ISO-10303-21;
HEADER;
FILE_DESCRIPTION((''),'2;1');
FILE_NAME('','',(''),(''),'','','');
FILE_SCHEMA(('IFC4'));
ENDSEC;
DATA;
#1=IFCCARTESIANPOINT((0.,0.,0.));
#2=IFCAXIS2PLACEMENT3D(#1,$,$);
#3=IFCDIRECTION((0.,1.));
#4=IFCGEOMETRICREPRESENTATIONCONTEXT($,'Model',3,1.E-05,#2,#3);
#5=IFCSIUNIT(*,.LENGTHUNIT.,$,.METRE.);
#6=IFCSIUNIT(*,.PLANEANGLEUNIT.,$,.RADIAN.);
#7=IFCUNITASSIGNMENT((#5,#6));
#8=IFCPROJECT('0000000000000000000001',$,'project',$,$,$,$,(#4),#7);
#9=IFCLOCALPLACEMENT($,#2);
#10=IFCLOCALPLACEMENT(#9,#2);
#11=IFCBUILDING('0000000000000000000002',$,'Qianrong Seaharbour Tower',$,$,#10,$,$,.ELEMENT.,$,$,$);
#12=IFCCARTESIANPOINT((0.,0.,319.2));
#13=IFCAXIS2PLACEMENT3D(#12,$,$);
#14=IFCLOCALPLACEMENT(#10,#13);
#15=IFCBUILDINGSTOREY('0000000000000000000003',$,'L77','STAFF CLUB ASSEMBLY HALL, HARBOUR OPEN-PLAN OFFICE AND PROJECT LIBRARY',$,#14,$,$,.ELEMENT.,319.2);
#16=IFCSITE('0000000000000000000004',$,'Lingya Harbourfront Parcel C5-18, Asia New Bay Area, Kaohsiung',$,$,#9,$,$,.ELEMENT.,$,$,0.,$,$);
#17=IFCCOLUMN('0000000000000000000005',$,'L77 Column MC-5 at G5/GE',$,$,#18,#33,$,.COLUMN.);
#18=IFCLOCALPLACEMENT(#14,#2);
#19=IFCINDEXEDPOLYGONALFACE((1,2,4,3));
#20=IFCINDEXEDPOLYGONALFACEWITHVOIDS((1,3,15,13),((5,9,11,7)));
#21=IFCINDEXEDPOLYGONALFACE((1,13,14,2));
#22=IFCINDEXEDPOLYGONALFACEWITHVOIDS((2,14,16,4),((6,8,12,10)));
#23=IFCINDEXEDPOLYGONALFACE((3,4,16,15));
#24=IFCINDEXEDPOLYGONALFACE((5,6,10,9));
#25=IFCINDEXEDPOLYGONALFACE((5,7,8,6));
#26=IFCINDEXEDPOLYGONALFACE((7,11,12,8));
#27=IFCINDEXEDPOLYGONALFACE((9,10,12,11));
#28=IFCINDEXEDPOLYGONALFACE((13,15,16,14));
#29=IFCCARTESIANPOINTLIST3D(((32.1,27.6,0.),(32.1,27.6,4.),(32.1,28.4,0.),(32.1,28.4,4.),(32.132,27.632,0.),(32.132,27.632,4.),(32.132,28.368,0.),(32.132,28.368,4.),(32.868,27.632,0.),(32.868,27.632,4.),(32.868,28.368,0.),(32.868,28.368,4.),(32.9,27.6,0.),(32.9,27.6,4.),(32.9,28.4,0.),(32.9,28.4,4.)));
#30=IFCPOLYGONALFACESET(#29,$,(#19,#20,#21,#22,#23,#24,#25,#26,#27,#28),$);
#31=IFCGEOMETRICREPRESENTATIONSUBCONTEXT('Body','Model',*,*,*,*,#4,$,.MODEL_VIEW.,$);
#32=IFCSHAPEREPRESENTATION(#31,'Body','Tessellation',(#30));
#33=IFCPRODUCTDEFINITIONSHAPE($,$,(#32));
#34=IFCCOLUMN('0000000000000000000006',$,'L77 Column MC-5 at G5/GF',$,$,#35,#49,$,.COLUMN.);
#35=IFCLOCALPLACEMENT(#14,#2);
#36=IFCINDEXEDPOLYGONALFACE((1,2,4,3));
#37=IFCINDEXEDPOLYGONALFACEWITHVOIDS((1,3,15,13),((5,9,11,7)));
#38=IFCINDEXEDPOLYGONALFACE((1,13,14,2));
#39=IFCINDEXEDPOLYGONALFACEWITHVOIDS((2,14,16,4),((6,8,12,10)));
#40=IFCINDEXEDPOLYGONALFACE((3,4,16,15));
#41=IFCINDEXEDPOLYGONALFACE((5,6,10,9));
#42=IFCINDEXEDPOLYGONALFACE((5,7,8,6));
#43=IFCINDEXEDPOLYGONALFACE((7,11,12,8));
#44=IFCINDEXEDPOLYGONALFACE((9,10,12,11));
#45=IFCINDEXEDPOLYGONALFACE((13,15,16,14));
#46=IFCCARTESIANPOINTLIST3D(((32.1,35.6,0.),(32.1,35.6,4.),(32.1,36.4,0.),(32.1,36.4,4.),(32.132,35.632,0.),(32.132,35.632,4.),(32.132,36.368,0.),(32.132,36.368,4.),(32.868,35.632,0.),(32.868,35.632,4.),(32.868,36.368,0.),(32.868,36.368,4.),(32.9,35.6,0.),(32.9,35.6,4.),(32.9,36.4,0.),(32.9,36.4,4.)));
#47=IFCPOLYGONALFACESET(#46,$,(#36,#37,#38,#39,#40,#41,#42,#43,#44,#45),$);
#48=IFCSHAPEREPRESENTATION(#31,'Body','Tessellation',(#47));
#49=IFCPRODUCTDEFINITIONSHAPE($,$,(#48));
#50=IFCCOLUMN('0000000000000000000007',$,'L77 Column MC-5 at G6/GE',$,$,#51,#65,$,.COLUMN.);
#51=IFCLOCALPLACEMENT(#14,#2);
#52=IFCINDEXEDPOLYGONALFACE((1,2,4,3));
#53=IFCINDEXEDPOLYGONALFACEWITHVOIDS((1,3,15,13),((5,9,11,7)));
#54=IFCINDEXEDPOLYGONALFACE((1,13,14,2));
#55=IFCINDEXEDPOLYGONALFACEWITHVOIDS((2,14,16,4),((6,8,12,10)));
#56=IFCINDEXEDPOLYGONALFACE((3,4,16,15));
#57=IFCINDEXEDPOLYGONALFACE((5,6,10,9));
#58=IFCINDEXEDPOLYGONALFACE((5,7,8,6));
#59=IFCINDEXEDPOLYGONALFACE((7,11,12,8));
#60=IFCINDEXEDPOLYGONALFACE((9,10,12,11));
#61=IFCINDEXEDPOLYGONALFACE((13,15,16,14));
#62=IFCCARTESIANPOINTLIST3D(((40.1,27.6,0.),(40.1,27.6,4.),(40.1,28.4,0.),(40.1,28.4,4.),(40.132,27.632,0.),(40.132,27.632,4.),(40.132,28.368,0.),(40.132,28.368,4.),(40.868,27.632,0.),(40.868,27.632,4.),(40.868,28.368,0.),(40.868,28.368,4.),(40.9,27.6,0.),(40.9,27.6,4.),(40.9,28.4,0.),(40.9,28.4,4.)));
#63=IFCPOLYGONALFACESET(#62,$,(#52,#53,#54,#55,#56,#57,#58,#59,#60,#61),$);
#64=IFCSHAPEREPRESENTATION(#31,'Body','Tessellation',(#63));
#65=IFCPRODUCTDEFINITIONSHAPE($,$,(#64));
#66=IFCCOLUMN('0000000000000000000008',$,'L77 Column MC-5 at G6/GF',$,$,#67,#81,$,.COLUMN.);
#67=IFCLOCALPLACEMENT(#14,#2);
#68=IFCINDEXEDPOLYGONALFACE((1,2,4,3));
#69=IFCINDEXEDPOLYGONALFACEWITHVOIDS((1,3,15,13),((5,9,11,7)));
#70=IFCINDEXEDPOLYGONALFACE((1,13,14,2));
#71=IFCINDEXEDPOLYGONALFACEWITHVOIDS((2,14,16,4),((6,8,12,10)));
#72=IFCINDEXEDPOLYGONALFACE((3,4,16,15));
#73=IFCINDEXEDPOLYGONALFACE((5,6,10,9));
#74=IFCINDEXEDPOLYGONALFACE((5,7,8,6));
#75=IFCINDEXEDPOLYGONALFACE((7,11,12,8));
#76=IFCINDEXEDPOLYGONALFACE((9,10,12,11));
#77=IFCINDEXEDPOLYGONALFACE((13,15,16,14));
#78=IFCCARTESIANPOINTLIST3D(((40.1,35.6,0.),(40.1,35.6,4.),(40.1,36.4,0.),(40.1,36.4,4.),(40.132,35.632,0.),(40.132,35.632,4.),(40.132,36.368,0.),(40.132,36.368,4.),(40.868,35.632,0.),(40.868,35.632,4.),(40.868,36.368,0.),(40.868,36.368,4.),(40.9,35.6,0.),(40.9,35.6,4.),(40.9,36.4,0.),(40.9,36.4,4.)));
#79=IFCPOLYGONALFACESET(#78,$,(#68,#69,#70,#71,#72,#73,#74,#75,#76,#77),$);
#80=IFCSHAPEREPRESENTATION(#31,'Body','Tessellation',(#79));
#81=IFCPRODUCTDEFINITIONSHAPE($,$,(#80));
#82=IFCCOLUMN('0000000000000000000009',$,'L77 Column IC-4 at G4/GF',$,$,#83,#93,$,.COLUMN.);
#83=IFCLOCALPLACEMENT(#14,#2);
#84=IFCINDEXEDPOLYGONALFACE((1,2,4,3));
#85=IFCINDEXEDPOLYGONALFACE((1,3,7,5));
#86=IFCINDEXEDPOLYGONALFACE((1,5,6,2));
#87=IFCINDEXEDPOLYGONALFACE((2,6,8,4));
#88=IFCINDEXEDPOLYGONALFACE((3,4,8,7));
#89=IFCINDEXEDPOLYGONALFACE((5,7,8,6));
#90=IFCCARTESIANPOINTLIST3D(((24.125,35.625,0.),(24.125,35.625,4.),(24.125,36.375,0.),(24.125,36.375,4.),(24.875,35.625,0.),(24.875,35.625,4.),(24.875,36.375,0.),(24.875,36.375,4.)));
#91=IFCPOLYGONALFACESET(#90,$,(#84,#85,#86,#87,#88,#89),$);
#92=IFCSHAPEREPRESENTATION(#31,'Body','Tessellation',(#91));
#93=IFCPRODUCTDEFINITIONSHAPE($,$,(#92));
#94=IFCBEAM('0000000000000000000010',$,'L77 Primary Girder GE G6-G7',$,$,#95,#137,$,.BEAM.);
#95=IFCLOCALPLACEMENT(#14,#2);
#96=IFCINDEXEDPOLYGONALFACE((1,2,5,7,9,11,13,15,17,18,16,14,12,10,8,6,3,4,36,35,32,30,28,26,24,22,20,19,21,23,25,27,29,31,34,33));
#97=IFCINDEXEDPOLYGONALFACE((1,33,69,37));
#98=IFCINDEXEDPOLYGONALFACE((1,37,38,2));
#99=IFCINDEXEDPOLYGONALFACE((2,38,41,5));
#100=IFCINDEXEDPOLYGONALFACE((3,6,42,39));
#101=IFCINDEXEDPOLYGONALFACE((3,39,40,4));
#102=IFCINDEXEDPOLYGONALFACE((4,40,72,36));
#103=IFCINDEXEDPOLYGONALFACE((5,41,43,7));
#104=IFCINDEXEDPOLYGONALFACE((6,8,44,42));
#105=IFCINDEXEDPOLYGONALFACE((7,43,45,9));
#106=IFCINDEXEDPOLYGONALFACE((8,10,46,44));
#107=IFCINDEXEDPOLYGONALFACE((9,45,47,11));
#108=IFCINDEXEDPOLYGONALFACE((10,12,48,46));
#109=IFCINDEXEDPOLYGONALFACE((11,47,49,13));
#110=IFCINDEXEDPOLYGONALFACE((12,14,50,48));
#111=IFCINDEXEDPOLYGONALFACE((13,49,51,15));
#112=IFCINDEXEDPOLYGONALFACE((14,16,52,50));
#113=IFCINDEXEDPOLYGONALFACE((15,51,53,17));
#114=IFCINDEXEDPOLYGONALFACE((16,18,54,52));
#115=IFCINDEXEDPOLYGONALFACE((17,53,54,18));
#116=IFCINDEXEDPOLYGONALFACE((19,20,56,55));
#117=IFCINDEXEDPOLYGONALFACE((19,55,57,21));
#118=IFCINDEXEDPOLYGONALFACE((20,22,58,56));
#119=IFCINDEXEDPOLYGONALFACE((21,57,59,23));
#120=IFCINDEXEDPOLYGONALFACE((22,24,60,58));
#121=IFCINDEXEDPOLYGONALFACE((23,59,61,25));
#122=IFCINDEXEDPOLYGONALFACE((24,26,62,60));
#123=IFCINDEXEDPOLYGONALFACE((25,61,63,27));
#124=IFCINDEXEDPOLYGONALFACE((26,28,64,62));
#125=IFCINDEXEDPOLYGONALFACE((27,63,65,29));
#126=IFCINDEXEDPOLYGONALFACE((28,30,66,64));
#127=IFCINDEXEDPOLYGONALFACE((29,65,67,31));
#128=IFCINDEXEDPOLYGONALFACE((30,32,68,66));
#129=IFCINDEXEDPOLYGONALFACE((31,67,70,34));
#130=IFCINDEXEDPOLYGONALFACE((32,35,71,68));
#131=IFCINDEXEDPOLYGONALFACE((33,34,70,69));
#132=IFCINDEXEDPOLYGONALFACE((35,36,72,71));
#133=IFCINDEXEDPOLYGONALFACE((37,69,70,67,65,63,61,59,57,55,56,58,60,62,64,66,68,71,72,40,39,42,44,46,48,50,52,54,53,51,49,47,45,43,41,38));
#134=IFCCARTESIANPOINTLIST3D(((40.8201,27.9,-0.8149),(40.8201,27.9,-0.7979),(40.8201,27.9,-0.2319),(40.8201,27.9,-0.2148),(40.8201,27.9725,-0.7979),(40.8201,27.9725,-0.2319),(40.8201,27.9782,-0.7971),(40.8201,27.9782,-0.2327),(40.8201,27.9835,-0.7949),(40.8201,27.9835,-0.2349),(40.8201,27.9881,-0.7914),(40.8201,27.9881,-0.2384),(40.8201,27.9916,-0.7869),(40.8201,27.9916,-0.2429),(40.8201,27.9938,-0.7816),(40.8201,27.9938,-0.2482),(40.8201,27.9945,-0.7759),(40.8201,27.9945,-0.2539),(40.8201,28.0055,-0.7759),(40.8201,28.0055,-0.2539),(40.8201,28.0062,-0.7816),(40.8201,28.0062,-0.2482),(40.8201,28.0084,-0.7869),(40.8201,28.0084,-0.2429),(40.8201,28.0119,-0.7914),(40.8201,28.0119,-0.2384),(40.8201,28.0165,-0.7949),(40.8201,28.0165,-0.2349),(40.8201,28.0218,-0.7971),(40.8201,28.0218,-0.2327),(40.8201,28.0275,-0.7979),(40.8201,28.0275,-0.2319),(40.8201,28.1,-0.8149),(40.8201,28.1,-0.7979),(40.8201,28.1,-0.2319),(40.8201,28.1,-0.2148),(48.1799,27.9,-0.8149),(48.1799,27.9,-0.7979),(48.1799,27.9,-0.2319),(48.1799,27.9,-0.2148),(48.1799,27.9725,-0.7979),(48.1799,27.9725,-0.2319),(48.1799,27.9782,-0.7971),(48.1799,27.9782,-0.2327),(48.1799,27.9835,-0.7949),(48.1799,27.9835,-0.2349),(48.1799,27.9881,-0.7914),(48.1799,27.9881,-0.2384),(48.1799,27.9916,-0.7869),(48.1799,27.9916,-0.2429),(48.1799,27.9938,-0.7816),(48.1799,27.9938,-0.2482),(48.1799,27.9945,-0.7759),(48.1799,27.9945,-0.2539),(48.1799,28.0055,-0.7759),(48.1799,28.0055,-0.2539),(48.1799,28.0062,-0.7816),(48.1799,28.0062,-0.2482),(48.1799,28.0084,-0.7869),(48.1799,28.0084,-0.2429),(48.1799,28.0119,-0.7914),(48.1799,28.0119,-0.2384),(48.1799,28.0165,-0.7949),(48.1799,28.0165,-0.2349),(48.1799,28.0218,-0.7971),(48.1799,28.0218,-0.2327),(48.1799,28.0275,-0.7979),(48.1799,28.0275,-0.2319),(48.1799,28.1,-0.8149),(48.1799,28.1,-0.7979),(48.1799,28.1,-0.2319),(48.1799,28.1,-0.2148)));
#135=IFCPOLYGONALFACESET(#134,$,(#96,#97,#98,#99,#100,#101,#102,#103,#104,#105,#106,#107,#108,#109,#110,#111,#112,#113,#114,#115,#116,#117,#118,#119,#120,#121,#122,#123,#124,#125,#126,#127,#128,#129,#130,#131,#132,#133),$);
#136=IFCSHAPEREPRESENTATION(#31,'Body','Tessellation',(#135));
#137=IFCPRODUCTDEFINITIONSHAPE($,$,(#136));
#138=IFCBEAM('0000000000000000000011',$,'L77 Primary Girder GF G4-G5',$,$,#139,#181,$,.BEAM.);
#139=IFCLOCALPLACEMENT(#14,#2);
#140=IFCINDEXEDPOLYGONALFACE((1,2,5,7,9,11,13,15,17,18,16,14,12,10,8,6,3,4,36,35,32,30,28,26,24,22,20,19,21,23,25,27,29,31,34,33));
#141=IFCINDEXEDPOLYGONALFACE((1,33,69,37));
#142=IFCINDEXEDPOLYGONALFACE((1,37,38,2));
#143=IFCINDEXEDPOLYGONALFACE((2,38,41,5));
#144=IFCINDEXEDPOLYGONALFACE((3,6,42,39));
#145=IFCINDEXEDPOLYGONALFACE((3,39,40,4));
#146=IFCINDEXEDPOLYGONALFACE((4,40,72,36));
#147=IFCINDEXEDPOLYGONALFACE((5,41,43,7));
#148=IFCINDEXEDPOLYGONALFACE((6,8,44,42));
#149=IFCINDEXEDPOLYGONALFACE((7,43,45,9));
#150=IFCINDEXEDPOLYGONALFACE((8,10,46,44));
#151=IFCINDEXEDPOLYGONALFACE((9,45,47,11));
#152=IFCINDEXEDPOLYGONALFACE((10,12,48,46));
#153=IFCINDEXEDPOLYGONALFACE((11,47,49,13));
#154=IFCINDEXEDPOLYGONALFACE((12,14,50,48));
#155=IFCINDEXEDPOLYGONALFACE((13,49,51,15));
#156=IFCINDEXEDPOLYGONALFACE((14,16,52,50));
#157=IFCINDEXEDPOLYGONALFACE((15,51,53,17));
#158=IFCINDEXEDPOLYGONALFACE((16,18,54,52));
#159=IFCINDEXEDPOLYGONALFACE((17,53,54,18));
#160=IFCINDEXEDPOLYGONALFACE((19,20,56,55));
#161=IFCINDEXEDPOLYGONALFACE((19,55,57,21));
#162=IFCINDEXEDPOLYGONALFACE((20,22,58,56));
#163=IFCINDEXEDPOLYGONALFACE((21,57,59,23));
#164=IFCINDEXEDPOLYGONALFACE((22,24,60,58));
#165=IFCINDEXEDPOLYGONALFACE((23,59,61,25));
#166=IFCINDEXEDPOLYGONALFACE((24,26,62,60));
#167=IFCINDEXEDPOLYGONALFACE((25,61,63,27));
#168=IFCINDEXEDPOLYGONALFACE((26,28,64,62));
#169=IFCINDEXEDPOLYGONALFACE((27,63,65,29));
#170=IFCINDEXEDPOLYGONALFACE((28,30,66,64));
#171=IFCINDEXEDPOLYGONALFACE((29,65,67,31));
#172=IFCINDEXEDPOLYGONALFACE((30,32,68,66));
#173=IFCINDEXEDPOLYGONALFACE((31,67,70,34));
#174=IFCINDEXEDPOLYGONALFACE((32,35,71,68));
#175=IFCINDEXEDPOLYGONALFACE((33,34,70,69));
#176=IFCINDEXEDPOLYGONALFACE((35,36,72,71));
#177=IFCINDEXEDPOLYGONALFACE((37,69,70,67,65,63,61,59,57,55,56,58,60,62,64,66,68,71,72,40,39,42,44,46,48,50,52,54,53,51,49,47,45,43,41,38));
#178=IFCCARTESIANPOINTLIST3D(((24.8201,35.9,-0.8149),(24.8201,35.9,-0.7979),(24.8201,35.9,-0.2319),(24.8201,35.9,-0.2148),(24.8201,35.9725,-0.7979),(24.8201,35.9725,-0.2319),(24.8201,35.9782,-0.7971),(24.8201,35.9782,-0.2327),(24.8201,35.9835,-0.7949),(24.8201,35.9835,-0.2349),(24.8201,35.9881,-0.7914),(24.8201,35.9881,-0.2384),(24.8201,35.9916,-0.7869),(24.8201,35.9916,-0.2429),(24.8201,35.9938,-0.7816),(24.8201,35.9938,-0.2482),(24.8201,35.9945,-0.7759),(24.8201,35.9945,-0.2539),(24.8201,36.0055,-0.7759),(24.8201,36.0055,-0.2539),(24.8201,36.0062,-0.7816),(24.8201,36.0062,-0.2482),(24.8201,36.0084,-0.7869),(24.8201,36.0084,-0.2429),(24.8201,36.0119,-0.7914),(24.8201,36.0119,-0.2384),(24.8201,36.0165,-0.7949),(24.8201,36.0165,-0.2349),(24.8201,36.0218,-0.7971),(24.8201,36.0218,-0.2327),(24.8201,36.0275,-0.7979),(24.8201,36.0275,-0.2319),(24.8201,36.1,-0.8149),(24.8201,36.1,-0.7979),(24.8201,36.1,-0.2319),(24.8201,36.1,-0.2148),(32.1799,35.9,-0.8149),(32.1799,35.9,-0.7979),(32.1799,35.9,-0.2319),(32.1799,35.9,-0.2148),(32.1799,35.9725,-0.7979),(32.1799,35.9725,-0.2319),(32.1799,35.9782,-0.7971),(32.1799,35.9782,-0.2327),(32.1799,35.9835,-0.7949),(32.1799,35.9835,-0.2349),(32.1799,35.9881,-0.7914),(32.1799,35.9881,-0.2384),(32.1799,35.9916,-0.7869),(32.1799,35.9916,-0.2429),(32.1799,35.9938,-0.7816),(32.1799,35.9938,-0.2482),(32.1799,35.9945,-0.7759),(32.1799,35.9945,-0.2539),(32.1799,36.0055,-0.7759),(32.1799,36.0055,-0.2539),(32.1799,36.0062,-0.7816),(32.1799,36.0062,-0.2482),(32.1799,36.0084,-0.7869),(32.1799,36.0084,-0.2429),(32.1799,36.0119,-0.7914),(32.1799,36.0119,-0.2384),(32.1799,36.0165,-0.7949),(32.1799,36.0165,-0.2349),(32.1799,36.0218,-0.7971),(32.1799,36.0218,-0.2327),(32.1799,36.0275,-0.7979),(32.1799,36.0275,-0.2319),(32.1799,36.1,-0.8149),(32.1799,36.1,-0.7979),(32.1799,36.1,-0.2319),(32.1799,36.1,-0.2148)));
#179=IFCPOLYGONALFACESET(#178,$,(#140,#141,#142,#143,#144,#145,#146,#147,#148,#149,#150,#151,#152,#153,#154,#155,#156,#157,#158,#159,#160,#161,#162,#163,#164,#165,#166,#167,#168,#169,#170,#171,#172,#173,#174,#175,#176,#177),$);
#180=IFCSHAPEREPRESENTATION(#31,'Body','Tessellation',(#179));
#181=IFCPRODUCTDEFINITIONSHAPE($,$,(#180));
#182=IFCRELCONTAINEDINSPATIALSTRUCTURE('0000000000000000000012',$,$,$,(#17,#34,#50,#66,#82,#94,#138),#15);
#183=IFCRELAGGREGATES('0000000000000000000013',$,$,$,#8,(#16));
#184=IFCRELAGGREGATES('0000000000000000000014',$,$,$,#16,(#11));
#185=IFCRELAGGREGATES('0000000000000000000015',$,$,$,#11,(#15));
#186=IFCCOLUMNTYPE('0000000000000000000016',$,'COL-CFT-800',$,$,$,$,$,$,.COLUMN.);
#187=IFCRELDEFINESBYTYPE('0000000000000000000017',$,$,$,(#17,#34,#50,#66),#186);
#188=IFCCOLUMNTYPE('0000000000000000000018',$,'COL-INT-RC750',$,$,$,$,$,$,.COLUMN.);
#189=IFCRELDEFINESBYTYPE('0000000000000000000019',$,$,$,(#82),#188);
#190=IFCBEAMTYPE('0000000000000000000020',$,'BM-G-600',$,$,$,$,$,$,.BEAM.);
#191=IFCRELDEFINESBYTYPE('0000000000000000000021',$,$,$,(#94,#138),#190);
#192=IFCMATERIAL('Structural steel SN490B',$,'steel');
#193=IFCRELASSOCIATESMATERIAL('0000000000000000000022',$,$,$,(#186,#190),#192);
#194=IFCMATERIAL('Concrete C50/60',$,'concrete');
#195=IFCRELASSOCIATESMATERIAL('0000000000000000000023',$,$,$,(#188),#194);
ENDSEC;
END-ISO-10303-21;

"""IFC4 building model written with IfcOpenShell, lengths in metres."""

from ifc_helpers import new_model, si_unit, direction, frame, origin, origin_2d, place, context, subcontext, project, spatial, rectangle, hollow_rectangle, i_section, extrude, material, material_profile, profile_set, type_object, element, save


model = new_model("IFC4")

# Units and contexts
model_context = context("Model", 3, precision=1e-05, world=origin(), true_north=direction((0.0, 1.0)))
body_context = subcontext(model_context, "Body", "Model", "MODEL_VIEW")
ifc_project = project(units=[si_unit("LENGTHUNIT", "METRE"), si_unit("PLANEANGLEUNIT", "RADIAN")], contexts=[model_context])

# Site, building, storey
site_placement = place(None, origin())
site = spatial("IfcSite", under=ifc_project, at=site_placement, Name="Lingya Harbourfront Parcel C5-18, Asia New Bay Area, Kaohsiung", CompositionType="ELEMENT", RefElevation=0.0)
building_placement = place(site_placement, origin())
building = spatial("IfcBuilding", under=site, at=building_placement, Name="Qianrong Seaharbour Tower", CompositionType="ELEMENT")
storey_placement = place(building_placement, frame((0.0, 0.0, 319.2)))
storey = spatial("IfcBuildingStorey", under=building, at=storey_placement, Name="L77", Description="STAFF CLUB ASSEMBLY HALL, HARBOUR OPEN-PLAN OFFICE AND PROJECT LIBRARY", CompositionType="ELEMENT", Elevation=319.2)

# Columns
ifc_material_1 = material(Name="Structural steel SN490B", Category="steel")
ifc_material_profile_1 = material_profile(ifc_material_1, hollow_rectangle(XDim=0.8, YDim=0.8, WallThickness=0.032, at=origin_2d()), Name="BOX800x800x32")
ifc_profile_set_1 = profile_set([ifc_material_profile_1], Name="Structural steel SN490B")
column_type_1 = type_object("IfcColumnType", Name="COL-CFT-800", PredefinedType="COLUMN", material=ifc_profile_set_1)
for number, where, z_axis, x_axis, name in (
    (1, (32.5, 28.0, 0.0), (0.0, 0.0, 1.0), (1.0, 0.0, 0.0), "L77 Column MC-5 at G5/GE"),
    (2, (32.5, 36.0, 0.0), (0.0, 0.0, 1.0), (1.0, 0.0, 0.0), "L77 Column MC-5 at G5/GF"),
    (3, (40.5, 28.0, 0.0), (0.0, 0.0, 1.0), (1.0, 0.0, 0.0), "L77 Column MC-5 at G6/GE"),
    (4, (40.5, 36.0, 0.0), (0.0, 0.0, 1.0), (1.0, 0.0, 0.0), "L77 Column MC-5 at G6/GF"),
):
    element("IfcColumn", number, at=place(storey_placement, frame(where, z_axis=z_axis, x_axis=x_axis)), inside=storey, type_object=column_type_1, Name=name, PredefinedType="COLUMN", context=body_context, shape_type="SweptSolid", body=[
        extrude(hollow_rectangle(XDim=0.8, YDim=0.8, WallThickness=0.032, at=origin_2d()), origin(), (0.0, 0.0, 1.0), 4.0),
    ])
ifc_material_2 = material(Name="Concrete C50/60", Category="concrete")
ifc_material_profile_2 = material_profile(ifc_material_2, rectangle(XDim=0.75, YDim=0.75, at=origin_2d()), Name="RC750x750")
ifc_profile_set_2 = profile_set([ifc_material_profile_2], Name="Concrete C50/60")
column_type_2 = type_object("IfcColumnType", Name="COL-INT-RC750", PredefinedType="COLUMN", material=ifc_profile_set_2)
column_placement = place(storey_placement, frame((24.5, 36.0, 0.0), z_axis=(0.0, 0.0, 1.0), x_axis=(1.0, 0.0, 0.0)))
element("IfcColumn", 5, at=column_placement, inside=storey, type_object=column_type_2, Name="L77 Column IC-4 at G4/GF", PredefinedType="COLUMN", context=body_context, shape_type="SweptSolid", body=[
    extrude(rectangle(XDim=0.75, YDim=0.75, at=origin_2d()), origin(), (0.0, 0.0, 1.0), 4.0),
])

# Beams
ifc_material_profile_3 = material_profile(ifc_material_1, i_section(OverallWidth=0.2, OverallDepth=0.6001, WebThickness=0.011, FlangeThickness=0.0171, FilletRadius=0.022, at=origin_2d()), Name="H600x200x11x17")
ifc_profile_set_3 = profile_set([ifc_material_profile_3], Name="Structural steel SN490B")
beam_type_1 = type_object("IfcBeamType", Name="BM-G-600", PredefinedType="BEAM", material=ifc_profile_set_3)
for number, where, z_axis, x_axis, name in (
    (6, (40.8201, 28.0, -0.5149), (1.0, 0.0, 0.0), (0.0, 1.0, 0.0), "L77 Primary Girder GE G6-G7"),
    (7, (24.8201, 36.0, -0.5149), (1.0, 0.0, 0.0), (0.0, 1.0, 0.0), "L77 Primary Girder GF G4-G5"),
):
    element("IfcBeam", number, at=place(storey_placement, frame(where, z_axis=z_axis, x_axis=x_axis)), inside=storey, type_object=beam_type_1, Name=name, PredefinedType="BEAM", context=body_context, shape_type="SweptSolid", body=[
        extrude(i_section(OverallWidth=0.2, OverallDepth=0.6001, WebThickness=0.011, FlangeThickness=0.0171, FilletRadius=0.022, at=origin_2d()), origin(), (0.0, 0.0, 1.0), 7.3599),
    ])

save(model, "model.ifc")
